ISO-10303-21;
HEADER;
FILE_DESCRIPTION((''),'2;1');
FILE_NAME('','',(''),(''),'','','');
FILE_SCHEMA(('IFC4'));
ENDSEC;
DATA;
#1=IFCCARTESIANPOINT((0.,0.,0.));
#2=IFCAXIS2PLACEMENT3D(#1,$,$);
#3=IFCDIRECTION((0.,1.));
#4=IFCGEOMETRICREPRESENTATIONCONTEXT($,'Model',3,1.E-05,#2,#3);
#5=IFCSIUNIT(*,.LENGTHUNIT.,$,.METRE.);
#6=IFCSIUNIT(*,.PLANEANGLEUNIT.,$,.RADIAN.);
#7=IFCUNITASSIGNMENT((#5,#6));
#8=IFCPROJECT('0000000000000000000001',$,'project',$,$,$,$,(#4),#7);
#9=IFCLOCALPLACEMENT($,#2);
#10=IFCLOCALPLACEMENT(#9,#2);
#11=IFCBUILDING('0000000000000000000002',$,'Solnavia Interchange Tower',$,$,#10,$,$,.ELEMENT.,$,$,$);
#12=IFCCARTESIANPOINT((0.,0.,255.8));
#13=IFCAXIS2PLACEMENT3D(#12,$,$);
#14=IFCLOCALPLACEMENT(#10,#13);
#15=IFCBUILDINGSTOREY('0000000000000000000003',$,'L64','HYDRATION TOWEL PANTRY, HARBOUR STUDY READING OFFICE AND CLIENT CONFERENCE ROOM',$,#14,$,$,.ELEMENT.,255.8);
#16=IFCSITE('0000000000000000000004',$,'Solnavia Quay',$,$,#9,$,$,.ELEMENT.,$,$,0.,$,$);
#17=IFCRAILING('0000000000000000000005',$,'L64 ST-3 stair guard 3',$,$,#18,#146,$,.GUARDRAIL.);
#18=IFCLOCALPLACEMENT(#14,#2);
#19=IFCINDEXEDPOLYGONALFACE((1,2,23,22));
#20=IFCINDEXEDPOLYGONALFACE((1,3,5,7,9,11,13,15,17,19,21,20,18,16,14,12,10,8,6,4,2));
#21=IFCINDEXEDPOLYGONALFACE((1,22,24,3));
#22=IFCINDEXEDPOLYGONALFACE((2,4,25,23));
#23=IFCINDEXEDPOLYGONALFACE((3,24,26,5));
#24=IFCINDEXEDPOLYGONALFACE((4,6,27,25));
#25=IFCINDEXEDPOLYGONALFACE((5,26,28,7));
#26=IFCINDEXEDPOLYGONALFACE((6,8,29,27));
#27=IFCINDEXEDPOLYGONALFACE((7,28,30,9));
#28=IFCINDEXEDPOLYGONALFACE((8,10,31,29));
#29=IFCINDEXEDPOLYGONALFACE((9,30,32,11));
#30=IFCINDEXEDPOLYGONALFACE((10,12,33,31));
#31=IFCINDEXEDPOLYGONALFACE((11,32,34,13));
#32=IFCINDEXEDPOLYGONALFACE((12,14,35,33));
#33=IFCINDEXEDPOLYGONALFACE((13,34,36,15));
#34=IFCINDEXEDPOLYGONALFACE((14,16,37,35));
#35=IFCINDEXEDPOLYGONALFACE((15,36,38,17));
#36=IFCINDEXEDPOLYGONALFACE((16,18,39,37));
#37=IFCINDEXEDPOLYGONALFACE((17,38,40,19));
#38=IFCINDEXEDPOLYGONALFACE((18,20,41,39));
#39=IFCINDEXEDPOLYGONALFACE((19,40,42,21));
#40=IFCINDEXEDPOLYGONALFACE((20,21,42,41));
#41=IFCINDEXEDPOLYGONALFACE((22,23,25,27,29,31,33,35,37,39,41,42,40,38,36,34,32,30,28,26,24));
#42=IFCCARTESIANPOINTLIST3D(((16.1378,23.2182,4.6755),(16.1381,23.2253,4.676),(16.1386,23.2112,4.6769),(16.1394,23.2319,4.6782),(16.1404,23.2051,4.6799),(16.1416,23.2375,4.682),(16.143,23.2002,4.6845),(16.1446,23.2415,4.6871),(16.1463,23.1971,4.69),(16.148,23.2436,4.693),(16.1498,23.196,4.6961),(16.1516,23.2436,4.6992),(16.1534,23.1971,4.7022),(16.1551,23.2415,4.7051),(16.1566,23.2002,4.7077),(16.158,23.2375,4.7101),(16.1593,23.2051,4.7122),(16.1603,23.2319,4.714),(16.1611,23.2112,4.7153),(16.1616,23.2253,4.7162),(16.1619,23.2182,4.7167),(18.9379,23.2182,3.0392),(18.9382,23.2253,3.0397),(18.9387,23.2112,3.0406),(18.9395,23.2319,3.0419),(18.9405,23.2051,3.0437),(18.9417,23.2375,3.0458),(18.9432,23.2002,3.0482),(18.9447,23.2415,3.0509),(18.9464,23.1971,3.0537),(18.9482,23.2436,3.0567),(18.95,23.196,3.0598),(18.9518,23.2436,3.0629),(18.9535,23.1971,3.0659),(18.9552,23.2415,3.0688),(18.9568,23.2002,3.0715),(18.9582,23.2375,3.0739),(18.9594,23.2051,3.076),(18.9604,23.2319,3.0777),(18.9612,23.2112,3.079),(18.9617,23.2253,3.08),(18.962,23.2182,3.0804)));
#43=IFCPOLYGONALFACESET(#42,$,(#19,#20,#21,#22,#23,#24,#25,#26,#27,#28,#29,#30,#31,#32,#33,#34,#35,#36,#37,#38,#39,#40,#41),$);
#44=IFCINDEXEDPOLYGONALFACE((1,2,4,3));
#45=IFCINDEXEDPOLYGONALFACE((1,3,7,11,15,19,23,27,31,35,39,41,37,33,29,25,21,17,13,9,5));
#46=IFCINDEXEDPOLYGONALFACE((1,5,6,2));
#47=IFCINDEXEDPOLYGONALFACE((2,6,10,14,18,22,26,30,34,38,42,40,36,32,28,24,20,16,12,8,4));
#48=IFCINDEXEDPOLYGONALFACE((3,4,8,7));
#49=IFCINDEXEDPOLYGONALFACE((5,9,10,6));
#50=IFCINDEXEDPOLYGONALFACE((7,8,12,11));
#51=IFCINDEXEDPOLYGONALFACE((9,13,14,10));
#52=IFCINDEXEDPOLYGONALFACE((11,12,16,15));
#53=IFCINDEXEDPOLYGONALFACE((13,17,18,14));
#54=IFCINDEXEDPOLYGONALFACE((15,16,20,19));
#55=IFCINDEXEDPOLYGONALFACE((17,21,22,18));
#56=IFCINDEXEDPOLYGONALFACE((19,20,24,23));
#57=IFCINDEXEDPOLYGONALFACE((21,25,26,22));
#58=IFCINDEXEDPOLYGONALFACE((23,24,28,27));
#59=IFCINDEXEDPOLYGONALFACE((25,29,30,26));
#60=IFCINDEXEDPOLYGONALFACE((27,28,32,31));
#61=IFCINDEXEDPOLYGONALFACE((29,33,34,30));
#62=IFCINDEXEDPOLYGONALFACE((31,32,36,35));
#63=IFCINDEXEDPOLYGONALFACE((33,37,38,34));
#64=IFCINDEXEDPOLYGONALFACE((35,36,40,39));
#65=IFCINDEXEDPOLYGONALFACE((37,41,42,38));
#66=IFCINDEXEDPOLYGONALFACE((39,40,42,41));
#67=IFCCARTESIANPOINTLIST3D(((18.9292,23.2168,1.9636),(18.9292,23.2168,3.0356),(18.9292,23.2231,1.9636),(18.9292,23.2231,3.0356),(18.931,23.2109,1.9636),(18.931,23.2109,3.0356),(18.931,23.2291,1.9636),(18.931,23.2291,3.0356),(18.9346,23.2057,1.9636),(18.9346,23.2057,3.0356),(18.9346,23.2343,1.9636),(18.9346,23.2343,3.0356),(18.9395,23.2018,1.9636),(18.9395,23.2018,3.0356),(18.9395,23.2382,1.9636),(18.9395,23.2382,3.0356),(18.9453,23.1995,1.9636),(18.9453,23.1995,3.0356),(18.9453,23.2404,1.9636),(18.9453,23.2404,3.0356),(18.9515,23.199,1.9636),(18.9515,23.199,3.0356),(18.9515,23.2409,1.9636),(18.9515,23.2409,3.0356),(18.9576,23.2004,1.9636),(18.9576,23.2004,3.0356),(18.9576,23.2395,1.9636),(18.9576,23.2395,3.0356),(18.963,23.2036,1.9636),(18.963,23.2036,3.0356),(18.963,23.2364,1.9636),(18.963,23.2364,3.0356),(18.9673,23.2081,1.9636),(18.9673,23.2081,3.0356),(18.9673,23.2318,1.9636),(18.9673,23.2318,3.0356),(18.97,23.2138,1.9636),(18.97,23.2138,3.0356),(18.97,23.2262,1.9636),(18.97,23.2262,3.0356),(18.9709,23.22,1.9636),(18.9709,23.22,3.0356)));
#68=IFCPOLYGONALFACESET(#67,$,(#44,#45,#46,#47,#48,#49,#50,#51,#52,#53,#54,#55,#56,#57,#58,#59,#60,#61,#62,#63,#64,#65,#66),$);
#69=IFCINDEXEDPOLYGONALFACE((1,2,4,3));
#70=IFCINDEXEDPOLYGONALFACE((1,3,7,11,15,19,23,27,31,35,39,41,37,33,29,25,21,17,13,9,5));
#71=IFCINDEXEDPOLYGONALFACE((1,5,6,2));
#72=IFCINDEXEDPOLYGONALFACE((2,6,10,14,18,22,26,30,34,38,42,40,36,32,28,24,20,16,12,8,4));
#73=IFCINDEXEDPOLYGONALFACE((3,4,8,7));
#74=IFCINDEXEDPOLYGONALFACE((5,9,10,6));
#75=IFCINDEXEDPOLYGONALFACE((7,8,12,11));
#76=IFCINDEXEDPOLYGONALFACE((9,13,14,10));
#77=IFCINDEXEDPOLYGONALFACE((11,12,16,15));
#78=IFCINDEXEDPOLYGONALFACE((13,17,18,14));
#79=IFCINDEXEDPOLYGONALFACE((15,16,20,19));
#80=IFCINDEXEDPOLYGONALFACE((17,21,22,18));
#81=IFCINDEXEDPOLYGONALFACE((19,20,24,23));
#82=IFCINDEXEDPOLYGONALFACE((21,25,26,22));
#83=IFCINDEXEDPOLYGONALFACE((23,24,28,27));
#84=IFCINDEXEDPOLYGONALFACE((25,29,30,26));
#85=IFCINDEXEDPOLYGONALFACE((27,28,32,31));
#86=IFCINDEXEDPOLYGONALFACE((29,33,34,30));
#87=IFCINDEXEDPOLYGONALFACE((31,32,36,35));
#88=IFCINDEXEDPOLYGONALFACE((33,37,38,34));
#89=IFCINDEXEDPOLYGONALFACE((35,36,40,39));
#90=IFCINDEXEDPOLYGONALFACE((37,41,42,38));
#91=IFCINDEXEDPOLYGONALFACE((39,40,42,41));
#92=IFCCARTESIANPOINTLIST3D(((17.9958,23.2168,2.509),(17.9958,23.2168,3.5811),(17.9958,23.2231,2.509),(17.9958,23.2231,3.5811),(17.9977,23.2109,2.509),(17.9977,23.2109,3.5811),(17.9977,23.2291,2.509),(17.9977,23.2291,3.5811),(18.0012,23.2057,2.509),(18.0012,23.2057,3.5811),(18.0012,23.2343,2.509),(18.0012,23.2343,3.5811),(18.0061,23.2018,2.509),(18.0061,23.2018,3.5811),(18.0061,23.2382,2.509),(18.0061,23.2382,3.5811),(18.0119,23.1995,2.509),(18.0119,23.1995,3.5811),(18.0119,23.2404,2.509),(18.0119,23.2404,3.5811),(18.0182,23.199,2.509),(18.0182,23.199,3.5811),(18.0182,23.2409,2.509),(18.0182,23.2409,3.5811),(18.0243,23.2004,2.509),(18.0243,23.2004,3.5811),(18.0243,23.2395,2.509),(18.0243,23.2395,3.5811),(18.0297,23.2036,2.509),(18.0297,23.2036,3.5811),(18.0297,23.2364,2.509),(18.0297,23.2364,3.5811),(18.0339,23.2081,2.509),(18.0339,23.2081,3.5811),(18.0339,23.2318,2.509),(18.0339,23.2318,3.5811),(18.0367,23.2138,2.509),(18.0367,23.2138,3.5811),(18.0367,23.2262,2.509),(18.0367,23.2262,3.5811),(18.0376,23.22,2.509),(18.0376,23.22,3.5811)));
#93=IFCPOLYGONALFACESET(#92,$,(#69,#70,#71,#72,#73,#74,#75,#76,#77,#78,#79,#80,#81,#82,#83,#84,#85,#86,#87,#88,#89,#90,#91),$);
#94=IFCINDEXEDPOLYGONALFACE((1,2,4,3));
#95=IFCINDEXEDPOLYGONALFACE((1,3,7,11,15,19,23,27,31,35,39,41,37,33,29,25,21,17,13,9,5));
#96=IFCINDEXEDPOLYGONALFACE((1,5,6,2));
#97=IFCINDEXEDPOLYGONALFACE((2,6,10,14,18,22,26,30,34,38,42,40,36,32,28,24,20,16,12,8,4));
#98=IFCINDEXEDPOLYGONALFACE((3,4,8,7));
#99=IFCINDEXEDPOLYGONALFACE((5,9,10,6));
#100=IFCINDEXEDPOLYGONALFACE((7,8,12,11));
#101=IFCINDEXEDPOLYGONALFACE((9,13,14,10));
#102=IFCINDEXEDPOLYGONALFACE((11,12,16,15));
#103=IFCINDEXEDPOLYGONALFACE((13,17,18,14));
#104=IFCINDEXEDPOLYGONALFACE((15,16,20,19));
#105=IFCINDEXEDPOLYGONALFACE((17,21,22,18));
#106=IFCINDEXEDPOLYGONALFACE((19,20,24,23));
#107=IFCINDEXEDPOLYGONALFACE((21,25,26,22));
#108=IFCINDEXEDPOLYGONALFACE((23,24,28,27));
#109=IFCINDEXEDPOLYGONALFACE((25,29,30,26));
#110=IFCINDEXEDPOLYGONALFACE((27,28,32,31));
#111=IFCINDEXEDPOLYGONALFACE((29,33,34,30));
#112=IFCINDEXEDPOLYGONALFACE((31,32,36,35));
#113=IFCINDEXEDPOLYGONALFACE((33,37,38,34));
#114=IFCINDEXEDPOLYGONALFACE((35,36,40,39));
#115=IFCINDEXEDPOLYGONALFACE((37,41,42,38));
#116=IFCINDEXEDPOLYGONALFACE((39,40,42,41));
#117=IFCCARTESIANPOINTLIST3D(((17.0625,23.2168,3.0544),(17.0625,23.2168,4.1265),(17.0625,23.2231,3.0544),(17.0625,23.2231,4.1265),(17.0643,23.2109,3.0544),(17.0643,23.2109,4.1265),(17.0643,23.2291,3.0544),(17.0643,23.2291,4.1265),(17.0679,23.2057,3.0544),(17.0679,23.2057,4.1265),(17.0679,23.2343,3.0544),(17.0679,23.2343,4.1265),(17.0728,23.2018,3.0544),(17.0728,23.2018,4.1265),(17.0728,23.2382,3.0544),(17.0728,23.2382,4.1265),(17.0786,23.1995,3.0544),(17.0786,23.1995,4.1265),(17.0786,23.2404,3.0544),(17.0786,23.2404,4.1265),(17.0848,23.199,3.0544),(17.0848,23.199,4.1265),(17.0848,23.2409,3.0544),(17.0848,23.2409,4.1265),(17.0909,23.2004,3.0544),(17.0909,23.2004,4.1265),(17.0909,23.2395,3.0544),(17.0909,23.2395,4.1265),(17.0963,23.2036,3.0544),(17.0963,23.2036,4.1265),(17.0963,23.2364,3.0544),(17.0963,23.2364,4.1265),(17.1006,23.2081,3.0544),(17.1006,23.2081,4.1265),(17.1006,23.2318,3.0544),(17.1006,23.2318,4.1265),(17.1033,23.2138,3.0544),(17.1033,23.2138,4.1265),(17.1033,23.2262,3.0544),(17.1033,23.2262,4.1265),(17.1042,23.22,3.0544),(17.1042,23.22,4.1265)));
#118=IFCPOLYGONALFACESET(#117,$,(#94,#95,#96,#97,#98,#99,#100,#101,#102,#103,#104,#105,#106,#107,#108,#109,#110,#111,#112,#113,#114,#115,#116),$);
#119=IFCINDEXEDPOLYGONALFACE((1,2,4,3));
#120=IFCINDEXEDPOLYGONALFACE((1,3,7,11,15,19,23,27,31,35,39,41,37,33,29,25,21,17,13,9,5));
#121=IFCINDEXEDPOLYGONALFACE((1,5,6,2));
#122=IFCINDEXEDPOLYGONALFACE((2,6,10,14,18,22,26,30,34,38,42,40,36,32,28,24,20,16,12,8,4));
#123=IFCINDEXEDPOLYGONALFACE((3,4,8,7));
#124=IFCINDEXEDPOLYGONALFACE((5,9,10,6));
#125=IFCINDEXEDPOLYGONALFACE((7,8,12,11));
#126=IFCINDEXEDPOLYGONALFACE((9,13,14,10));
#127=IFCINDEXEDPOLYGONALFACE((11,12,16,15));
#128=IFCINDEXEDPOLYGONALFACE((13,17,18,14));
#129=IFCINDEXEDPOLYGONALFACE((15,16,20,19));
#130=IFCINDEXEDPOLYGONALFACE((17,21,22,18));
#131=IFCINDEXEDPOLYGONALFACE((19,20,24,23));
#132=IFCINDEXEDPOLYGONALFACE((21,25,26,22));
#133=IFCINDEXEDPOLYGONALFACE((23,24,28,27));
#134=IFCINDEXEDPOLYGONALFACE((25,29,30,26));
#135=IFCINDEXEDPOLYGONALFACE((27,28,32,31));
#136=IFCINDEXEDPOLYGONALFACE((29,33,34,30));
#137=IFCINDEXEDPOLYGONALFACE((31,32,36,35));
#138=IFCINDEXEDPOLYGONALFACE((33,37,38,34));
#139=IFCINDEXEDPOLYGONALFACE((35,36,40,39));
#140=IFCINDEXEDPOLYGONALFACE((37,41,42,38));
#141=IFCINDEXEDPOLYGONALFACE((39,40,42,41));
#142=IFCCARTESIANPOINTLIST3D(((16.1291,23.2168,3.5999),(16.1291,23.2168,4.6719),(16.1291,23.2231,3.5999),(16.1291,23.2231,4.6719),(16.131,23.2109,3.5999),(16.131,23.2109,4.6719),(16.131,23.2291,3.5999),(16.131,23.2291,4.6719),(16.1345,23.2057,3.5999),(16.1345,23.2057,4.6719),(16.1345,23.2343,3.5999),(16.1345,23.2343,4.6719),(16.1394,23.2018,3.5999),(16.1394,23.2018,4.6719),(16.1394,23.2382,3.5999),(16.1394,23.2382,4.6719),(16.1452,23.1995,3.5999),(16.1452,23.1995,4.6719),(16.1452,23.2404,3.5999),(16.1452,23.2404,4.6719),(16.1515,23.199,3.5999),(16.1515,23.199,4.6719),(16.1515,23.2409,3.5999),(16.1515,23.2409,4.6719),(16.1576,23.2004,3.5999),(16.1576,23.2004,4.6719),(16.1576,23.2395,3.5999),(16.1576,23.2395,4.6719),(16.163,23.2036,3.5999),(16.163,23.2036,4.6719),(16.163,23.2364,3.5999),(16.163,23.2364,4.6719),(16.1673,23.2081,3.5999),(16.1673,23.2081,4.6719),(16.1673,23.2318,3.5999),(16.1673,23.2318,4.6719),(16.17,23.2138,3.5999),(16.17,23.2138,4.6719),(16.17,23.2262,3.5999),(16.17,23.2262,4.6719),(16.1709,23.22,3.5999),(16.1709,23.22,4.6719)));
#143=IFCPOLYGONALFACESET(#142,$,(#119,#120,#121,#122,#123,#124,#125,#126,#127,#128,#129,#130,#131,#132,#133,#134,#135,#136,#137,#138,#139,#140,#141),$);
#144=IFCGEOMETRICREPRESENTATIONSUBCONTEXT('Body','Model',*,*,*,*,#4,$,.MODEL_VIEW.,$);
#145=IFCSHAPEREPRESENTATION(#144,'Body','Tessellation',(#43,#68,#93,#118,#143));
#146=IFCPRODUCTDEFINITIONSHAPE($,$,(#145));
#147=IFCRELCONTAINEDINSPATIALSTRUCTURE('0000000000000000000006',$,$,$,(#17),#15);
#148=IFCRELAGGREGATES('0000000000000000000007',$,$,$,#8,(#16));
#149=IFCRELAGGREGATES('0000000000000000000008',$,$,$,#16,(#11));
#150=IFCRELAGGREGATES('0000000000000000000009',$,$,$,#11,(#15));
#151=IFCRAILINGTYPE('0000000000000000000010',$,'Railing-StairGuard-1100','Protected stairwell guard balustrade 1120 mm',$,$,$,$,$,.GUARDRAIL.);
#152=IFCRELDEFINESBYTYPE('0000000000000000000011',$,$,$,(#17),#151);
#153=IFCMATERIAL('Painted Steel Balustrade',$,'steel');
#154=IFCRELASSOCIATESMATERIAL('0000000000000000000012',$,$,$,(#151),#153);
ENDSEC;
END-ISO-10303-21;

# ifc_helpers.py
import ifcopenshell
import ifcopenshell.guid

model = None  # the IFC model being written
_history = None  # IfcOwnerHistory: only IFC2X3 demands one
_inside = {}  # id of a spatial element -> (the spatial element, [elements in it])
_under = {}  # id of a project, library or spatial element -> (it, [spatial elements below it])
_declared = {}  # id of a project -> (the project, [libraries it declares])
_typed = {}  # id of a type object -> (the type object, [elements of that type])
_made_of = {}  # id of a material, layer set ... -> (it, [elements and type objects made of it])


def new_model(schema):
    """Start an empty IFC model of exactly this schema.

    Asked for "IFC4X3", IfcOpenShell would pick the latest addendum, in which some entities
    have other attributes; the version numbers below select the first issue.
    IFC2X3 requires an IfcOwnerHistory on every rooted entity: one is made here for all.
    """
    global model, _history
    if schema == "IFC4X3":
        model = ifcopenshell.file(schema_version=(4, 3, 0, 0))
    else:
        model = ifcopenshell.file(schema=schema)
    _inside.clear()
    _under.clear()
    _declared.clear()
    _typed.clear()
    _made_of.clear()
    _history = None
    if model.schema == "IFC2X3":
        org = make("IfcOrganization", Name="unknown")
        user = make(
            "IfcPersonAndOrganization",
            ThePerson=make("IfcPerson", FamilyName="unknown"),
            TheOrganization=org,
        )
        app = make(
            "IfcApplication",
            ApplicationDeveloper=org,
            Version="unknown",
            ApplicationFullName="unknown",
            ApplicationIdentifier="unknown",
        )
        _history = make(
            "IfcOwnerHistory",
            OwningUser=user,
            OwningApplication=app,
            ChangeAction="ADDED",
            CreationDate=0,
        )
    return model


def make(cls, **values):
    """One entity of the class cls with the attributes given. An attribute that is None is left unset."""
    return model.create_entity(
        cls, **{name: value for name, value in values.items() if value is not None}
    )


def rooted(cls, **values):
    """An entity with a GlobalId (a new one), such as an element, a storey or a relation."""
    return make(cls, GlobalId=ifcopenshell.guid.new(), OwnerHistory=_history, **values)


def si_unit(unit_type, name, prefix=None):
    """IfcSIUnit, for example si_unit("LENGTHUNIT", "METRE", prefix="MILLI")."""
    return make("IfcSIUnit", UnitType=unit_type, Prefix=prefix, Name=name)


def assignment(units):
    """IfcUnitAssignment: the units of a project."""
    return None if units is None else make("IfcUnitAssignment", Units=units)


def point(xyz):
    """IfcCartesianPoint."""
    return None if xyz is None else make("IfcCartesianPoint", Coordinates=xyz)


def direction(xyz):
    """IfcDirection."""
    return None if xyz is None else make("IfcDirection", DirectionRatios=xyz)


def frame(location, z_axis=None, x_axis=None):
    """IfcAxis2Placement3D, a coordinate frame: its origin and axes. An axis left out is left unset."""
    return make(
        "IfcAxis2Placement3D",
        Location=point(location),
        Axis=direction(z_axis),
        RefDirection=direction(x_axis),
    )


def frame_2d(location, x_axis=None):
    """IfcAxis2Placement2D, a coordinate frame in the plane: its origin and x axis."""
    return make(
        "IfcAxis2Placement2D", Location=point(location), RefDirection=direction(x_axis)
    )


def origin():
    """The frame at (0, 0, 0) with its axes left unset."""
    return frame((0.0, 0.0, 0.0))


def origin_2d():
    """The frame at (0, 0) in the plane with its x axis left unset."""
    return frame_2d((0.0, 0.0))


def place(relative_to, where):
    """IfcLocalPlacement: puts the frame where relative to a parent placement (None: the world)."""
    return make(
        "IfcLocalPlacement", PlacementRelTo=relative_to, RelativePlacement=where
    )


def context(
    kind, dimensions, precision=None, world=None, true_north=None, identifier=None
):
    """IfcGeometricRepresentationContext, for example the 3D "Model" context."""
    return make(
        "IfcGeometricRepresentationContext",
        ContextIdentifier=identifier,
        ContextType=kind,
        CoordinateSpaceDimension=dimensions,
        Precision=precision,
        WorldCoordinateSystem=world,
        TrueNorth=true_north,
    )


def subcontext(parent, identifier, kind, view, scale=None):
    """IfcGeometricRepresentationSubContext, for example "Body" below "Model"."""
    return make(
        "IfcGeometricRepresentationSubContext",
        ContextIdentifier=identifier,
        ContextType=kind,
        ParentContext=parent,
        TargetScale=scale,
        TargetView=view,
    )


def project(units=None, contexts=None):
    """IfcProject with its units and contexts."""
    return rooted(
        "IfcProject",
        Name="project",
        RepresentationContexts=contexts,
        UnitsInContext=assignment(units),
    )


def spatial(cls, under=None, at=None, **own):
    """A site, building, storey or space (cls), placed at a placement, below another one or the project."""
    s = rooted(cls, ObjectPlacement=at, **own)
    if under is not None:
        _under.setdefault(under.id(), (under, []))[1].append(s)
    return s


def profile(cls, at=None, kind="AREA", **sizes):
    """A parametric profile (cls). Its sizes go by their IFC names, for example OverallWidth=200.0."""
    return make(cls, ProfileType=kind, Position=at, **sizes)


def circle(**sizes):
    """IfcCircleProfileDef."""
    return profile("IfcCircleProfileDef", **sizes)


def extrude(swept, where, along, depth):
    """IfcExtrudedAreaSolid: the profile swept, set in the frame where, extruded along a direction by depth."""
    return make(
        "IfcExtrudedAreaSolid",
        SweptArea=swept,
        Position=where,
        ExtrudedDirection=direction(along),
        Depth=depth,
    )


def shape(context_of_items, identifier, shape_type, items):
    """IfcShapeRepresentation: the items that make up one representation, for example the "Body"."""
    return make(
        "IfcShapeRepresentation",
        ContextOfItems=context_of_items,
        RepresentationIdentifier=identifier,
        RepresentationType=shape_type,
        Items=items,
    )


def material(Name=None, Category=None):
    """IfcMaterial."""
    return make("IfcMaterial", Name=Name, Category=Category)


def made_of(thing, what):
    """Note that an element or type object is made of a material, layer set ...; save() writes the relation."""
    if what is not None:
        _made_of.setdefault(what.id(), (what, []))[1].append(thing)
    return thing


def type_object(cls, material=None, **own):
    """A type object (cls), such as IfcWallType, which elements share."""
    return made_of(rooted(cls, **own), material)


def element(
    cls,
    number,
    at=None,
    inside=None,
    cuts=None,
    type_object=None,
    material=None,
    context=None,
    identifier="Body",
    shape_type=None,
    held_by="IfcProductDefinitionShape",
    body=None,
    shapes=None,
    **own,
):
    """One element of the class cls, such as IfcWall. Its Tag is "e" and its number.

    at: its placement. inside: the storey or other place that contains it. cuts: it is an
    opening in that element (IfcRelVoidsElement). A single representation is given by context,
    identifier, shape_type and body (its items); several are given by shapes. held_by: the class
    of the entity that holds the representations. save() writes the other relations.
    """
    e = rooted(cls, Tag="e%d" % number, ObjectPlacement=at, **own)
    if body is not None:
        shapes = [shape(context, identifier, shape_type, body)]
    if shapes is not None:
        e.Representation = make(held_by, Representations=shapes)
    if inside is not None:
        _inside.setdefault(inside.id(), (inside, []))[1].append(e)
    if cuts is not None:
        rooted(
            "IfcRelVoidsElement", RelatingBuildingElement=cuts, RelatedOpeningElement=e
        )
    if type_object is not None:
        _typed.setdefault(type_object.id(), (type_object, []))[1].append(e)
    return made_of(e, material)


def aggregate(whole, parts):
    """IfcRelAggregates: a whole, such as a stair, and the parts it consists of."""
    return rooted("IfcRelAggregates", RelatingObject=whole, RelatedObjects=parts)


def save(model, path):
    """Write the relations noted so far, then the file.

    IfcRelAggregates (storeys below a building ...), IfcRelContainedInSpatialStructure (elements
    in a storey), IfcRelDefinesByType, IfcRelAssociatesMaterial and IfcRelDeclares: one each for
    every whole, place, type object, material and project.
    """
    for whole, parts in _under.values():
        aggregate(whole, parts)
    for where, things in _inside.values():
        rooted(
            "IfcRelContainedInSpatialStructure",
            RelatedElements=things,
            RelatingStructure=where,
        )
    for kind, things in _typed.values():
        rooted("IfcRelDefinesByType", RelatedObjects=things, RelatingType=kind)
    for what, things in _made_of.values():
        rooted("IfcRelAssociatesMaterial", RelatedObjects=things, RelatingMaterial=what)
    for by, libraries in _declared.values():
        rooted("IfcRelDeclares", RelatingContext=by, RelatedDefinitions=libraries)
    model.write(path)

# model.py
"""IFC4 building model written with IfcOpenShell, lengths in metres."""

from ifc_helpers import new_model, si_unit, direction, frame, origin, origin_2d, place, context, subcontext, project, spatial, circle, extrude, material, type_object, element, save


model = new_model("IFC4")

# Units and contexts
model_context = context("Model", 3, precision=1e-05, world=origin(), true_north=direction((0.0, 1.0)))
body_context = subcontext(model_context, "Body", "Model", "MODEL_VIEW")
ifc_project = project(units=[si_unit("LENGTHUNIT", "METRE"), si_unit("PLANEANGLEUNIT", "RADIAN")], contexts=[model_context])

# Site, building, storey
site_placement = place(None, origin())
site = spatial("IfcSite", under=ifc_project, at=site_placement, Name="Solnavia Quay", CompositionType="ELEMENT", RefElevation=0.0)
building_placement = place(site_placement, origin())
building = spatial("IfcBuilding", under=site, at=building_placement, Name="Solnavia Interchange Tower", CompositionType="ELEMENT")
storey_placement = place(building_placement, frame((0.0, 0.0, 255.8)))
storey = spatial("IfcBuildingStorey", under=building, at=storey_placement, Name="L64", Description="HYDRATION TOWEL PANTRY, HARBOUR STUDY READING OFFICE AND CLIENT CONFERENCE ROOM", CompositionType="ELEMENT", Elevation=255.8)

# Railing
ifc_material_1 = material(Name="Painted Steel Balustrade", Category="steel")
railing_type_1 = type_object("IfcRailingType", Name="Railing-StairGuard-1100", Description="Protected stairwell guard balustrade 1120 mm", PredefinedType="GUARDRAIL", material=ifc_material_1)
railing_1_placement = place(storey_placement, frame((18.95, 23.22, 1.9636)))
element("IfcRailing", 1, at=railing_1_placement, inside=storey, type_object=railing_type_1, Name="L64 ST-3 stair guard 3", PredefinedType="GUARDRAIL", context=body_context, shape_type="SweptSolid", body=[
    extrude(circle(Radius=0.0239, at=origin_2d()), frame((0.0, 0.0, 1.0962), z_axis=(-0.863394, 0.0, 0.504531), x_axis=(0.0, -1.0, 0.0)), (0.0, 0.0, 1.0), 3.2432),
    extrude(circle(Radius=0.021, at=origin_2d()), origin(), (0.0, 0.0, 1.0), 1.072),
    extrude(circle(Radius=0.021, at=origin_2d()), frame((-0.9333, 0.0, 0.5454)), (0.0, 0.0, 1.0), 1.072),
    extrude(circle(Radius=0.021, at=origin_2d()), frame((-1.8667, 0.0, 1.0908)), (0.0, 0.0, 1.0), 1.072),
    extrude(circle(Radius=0.021, at=origin_2d()), frame((-2.8, 0.0, 1.6362)), (0.0, 0.0, 1.0), 1.072),
])

save(model, "model.ifc")
